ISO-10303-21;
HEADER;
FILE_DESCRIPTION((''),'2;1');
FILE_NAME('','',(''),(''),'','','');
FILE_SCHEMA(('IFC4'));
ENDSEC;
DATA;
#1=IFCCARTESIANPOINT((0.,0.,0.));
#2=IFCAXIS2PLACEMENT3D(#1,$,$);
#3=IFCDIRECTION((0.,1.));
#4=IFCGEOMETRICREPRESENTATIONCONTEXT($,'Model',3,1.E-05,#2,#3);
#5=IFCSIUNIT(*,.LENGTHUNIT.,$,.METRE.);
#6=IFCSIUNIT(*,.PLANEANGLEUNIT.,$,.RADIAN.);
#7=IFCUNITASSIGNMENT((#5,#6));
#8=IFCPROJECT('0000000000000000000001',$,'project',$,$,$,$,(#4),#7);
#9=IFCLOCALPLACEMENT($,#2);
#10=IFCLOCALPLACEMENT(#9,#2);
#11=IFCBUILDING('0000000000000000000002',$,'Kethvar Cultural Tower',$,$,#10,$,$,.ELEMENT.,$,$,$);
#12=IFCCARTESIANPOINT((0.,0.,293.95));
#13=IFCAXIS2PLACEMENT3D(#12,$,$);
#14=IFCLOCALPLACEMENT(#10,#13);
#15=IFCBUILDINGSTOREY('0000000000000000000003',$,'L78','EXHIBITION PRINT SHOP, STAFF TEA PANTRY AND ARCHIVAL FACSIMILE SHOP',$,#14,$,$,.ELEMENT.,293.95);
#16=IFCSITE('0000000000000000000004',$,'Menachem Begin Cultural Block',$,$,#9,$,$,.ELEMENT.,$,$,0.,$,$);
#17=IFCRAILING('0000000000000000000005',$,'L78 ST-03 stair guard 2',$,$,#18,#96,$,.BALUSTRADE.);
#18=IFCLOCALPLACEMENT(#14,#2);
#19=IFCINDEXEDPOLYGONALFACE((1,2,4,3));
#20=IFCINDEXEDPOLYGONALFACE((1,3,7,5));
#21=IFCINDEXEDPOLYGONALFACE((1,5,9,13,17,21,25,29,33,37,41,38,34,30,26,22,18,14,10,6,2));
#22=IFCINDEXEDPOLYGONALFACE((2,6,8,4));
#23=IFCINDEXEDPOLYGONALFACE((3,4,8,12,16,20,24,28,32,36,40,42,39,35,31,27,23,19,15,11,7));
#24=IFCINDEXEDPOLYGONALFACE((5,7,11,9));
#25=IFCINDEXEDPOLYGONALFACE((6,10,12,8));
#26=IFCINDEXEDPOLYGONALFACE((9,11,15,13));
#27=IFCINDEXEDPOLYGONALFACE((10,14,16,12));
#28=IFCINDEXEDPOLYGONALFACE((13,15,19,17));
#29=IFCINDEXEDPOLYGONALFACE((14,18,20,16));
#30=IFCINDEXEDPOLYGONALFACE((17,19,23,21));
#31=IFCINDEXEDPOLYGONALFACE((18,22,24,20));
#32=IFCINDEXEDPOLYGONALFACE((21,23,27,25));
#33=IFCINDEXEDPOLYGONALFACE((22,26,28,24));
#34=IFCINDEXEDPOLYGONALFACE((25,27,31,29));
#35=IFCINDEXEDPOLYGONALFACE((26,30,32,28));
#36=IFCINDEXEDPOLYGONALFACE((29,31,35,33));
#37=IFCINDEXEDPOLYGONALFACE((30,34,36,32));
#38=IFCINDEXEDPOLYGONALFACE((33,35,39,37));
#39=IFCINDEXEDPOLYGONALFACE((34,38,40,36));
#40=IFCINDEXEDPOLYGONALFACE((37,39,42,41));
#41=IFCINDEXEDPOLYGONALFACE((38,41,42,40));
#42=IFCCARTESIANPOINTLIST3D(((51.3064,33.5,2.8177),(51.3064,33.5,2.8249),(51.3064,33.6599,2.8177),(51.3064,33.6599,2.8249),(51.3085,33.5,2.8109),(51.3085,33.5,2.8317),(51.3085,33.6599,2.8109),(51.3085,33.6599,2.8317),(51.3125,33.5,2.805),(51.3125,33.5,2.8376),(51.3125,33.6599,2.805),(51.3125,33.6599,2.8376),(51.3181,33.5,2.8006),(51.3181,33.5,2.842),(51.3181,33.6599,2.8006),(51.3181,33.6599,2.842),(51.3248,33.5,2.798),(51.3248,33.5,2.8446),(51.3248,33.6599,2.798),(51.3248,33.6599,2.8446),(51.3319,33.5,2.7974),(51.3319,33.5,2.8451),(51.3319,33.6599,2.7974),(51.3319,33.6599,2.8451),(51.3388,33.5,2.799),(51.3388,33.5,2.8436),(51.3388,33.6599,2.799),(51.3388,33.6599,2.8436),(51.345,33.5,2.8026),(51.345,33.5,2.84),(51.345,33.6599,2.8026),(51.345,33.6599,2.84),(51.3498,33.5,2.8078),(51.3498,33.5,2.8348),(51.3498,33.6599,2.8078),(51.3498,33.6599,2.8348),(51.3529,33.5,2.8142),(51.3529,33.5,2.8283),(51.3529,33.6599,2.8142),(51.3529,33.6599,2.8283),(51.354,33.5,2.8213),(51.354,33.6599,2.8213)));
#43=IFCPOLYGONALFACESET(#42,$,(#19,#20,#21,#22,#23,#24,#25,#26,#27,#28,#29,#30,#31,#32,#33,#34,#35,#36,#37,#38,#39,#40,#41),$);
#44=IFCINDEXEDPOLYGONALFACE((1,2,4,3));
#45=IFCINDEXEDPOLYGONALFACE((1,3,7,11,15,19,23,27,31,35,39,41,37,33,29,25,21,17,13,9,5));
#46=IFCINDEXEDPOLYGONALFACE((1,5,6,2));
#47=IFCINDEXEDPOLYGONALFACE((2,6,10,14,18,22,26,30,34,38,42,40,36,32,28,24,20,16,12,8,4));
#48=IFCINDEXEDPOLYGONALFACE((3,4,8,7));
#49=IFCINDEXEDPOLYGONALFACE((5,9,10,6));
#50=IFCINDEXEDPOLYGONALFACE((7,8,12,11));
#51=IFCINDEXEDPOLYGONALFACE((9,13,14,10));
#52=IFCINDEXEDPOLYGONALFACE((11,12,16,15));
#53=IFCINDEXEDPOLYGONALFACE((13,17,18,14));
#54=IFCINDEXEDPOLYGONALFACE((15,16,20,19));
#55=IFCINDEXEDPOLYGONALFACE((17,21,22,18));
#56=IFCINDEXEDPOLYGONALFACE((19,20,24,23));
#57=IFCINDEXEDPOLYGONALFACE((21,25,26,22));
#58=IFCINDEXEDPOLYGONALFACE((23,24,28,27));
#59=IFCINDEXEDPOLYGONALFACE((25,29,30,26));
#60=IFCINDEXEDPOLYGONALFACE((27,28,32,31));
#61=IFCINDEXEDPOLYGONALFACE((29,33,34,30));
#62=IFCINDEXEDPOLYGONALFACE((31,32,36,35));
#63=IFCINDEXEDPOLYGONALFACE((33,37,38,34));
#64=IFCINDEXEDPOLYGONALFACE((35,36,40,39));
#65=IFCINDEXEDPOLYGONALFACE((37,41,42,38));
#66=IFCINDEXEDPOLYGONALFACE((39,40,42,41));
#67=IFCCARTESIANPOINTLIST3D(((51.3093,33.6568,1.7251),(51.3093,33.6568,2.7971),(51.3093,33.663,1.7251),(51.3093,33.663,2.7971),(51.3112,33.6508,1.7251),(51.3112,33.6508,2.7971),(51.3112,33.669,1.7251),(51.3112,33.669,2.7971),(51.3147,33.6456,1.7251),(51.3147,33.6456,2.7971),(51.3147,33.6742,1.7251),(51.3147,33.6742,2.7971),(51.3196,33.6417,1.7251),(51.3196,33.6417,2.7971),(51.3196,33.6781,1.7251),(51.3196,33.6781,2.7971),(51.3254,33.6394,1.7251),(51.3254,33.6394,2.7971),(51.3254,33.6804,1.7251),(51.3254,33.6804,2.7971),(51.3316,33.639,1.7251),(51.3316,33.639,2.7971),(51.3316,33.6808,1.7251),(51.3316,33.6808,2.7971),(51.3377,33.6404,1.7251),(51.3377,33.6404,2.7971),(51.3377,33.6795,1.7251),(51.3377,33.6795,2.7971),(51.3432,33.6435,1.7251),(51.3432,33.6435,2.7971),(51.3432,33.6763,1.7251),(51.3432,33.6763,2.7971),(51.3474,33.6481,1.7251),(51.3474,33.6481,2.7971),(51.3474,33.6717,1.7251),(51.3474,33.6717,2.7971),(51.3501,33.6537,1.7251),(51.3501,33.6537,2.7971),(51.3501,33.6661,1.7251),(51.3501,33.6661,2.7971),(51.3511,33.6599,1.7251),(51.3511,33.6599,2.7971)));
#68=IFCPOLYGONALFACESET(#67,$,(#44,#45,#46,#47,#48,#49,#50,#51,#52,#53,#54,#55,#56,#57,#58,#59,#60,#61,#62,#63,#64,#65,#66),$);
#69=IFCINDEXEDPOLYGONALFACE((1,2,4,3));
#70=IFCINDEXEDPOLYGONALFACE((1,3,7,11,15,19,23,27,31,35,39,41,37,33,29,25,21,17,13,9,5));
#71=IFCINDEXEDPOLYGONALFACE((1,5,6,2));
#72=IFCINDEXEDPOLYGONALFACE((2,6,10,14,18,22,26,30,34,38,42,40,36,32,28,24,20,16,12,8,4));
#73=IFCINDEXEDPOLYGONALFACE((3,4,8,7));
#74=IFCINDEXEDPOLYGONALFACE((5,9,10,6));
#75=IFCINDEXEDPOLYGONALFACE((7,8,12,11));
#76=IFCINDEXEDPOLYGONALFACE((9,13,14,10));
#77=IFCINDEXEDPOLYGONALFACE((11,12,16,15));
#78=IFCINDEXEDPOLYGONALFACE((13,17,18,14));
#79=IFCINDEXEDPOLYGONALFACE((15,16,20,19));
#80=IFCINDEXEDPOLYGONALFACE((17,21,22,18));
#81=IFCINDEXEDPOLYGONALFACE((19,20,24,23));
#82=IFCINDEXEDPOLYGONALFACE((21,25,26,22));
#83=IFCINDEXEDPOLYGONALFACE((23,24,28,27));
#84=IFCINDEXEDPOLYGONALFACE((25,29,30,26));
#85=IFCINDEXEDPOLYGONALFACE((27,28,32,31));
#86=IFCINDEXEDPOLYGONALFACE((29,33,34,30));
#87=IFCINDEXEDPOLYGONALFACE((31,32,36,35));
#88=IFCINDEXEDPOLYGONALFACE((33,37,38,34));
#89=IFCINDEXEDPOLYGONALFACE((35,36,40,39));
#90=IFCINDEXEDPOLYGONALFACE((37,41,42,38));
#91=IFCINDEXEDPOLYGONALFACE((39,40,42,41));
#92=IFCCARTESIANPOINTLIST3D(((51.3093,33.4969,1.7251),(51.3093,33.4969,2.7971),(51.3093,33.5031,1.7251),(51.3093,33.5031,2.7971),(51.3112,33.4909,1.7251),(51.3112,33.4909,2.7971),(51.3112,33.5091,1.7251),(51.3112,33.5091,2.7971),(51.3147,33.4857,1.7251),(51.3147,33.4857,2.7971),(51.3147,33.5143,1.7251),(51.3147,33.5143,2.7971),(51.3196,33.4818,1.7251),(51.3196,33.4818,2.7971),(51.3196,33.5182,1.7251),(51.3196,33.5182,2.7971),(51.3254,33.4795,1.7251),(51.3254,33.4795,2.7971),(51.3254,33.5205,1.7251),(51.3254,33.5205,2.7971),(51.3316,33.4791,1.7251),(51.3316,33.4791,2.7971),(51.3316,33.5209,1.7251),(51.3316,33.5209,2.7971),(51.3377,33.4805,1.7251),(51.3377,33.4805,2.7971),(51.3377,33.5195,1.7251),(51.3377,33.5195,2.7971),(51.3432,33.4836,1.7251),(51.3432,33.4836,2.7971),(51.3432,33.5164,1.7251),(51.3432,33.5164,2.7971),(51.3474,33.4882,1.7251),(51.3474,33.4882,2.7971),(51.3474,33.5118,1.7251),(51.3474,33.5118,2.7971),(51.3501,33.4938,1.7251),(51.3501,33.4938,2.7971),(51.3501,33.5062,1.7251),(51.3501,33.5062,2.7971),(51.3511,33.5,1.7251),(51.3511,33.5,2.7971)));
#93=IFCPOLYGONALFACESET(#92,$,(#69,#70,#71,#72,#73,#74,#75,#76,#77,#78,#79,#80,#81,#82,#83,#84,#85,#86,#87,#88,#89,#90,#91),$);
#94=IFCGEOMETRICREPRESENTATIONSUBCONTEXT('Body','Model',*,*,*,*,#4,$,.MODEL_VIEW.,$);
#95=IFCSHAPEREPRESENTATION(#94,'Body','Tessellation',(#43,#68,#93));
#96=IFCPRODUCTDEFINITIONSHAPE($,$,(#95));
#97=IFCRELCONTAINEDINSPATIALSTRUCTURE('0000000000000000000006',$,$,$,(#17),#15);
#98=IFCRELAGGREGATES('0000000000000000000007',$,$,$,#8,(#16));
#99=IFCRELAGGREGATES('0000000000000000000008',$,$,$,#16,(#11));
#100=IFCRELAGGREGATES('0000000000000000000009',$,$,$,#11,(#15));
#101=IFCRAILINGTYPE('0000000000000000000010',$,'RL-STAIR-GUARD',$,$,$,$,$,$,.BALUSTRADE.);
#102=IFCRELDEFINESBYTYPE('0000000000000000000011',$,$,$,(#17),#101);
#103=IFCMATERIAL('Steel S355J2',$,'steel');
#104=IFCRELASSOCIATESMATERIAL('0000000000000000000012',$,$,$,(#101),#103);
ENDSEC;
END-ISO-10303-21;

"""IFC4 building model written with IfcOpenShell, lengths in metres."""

from ifc_helpers import new_model, si_unit, direction, frame, origin, origin_2d, place, context, subcontext, project, spatial, circle, extrude, material, type_object, element, save


model = new_model("IFC4")

# Units and contexts
model_context = context("Model", 3, precision=1e-05, world=origin(), true_north=direction((0.0, 1.0)))
body_context = subcontext(model_context, "Body", "Model", "MODEL_VIEW")
ifc_project = project(units=[si_unit("LENGTHUNIT", "METRE"), si_unit("PLANEANGLEUNIT", "RADIAN")], contexts=[model_context])

# Site, building, storey
site_placement = place(None, origin())
site = spatial("IfcSite", under=ifc_project, at=site_placement, Name="Menachem Begin Cultural Block", CompositionType="ELEMENT", RefElevation=0.0)
building_placement = place(site_placement, origin())
building = spatial("IfcBuilding", under=site, at=building_placement, Name="Kethvar Cultural Tower", CompositionType="ELEMENT")
storey_placement = place(building_placement, frame((0.0, 0.0, 293.95)))
storey = spatial("IfcBuildingStorey", under=building, at=storey_placement, Name="L78", Description="EXHIBITION PRINT SHOP, STAFF TEA PANTRY AND ARCHIVAL FACSIMILE SHOP", CompositionType="ELEMENT", Elevation=293.95)

# Shared definitions
ifc_material_1 = material(Name="Steel S355J2", Category="steel")

# Railing
railing_type_1 = type_object("IfcRailingType", Name="RL-STAIR-GUARD", PredefinedType="BALUSTRADE", material=ifc_material_1)
railing_1_placement = place(storey_placement, frame((51.3301, 33.6599, 1.7251)))
element("IfcRailing", 1, at=railing_1_placement, inside=storey, type_object=railing_type_1, Name="L78 ST-03 stair guard 2", PredefinedType="BALUSTRADE", context=body_context, shape_type="SweptSolid", body=[
    extrude(circle(Radius=0.0239, at=origin_2d()), frame((0.0, 0.0, 1.0962), z_axis=(0.0, -1.0, 0.0), x_axis=(1.0, 0.0, 0.0)), (0.0, 0.0, 1.0), 0.1599),
    extrude(circle(Radius=0.021, at=origin_2d()), origin(), (0.0, 0.0, 1.0), 1.072),
    extrude(circle(Radius=0.021, at=origin_2d()), frame((0.0, -0.1599, 0.0)), (0.0, 0.0, 1.0), 1.072),
])

save(model, "model.ifc")
